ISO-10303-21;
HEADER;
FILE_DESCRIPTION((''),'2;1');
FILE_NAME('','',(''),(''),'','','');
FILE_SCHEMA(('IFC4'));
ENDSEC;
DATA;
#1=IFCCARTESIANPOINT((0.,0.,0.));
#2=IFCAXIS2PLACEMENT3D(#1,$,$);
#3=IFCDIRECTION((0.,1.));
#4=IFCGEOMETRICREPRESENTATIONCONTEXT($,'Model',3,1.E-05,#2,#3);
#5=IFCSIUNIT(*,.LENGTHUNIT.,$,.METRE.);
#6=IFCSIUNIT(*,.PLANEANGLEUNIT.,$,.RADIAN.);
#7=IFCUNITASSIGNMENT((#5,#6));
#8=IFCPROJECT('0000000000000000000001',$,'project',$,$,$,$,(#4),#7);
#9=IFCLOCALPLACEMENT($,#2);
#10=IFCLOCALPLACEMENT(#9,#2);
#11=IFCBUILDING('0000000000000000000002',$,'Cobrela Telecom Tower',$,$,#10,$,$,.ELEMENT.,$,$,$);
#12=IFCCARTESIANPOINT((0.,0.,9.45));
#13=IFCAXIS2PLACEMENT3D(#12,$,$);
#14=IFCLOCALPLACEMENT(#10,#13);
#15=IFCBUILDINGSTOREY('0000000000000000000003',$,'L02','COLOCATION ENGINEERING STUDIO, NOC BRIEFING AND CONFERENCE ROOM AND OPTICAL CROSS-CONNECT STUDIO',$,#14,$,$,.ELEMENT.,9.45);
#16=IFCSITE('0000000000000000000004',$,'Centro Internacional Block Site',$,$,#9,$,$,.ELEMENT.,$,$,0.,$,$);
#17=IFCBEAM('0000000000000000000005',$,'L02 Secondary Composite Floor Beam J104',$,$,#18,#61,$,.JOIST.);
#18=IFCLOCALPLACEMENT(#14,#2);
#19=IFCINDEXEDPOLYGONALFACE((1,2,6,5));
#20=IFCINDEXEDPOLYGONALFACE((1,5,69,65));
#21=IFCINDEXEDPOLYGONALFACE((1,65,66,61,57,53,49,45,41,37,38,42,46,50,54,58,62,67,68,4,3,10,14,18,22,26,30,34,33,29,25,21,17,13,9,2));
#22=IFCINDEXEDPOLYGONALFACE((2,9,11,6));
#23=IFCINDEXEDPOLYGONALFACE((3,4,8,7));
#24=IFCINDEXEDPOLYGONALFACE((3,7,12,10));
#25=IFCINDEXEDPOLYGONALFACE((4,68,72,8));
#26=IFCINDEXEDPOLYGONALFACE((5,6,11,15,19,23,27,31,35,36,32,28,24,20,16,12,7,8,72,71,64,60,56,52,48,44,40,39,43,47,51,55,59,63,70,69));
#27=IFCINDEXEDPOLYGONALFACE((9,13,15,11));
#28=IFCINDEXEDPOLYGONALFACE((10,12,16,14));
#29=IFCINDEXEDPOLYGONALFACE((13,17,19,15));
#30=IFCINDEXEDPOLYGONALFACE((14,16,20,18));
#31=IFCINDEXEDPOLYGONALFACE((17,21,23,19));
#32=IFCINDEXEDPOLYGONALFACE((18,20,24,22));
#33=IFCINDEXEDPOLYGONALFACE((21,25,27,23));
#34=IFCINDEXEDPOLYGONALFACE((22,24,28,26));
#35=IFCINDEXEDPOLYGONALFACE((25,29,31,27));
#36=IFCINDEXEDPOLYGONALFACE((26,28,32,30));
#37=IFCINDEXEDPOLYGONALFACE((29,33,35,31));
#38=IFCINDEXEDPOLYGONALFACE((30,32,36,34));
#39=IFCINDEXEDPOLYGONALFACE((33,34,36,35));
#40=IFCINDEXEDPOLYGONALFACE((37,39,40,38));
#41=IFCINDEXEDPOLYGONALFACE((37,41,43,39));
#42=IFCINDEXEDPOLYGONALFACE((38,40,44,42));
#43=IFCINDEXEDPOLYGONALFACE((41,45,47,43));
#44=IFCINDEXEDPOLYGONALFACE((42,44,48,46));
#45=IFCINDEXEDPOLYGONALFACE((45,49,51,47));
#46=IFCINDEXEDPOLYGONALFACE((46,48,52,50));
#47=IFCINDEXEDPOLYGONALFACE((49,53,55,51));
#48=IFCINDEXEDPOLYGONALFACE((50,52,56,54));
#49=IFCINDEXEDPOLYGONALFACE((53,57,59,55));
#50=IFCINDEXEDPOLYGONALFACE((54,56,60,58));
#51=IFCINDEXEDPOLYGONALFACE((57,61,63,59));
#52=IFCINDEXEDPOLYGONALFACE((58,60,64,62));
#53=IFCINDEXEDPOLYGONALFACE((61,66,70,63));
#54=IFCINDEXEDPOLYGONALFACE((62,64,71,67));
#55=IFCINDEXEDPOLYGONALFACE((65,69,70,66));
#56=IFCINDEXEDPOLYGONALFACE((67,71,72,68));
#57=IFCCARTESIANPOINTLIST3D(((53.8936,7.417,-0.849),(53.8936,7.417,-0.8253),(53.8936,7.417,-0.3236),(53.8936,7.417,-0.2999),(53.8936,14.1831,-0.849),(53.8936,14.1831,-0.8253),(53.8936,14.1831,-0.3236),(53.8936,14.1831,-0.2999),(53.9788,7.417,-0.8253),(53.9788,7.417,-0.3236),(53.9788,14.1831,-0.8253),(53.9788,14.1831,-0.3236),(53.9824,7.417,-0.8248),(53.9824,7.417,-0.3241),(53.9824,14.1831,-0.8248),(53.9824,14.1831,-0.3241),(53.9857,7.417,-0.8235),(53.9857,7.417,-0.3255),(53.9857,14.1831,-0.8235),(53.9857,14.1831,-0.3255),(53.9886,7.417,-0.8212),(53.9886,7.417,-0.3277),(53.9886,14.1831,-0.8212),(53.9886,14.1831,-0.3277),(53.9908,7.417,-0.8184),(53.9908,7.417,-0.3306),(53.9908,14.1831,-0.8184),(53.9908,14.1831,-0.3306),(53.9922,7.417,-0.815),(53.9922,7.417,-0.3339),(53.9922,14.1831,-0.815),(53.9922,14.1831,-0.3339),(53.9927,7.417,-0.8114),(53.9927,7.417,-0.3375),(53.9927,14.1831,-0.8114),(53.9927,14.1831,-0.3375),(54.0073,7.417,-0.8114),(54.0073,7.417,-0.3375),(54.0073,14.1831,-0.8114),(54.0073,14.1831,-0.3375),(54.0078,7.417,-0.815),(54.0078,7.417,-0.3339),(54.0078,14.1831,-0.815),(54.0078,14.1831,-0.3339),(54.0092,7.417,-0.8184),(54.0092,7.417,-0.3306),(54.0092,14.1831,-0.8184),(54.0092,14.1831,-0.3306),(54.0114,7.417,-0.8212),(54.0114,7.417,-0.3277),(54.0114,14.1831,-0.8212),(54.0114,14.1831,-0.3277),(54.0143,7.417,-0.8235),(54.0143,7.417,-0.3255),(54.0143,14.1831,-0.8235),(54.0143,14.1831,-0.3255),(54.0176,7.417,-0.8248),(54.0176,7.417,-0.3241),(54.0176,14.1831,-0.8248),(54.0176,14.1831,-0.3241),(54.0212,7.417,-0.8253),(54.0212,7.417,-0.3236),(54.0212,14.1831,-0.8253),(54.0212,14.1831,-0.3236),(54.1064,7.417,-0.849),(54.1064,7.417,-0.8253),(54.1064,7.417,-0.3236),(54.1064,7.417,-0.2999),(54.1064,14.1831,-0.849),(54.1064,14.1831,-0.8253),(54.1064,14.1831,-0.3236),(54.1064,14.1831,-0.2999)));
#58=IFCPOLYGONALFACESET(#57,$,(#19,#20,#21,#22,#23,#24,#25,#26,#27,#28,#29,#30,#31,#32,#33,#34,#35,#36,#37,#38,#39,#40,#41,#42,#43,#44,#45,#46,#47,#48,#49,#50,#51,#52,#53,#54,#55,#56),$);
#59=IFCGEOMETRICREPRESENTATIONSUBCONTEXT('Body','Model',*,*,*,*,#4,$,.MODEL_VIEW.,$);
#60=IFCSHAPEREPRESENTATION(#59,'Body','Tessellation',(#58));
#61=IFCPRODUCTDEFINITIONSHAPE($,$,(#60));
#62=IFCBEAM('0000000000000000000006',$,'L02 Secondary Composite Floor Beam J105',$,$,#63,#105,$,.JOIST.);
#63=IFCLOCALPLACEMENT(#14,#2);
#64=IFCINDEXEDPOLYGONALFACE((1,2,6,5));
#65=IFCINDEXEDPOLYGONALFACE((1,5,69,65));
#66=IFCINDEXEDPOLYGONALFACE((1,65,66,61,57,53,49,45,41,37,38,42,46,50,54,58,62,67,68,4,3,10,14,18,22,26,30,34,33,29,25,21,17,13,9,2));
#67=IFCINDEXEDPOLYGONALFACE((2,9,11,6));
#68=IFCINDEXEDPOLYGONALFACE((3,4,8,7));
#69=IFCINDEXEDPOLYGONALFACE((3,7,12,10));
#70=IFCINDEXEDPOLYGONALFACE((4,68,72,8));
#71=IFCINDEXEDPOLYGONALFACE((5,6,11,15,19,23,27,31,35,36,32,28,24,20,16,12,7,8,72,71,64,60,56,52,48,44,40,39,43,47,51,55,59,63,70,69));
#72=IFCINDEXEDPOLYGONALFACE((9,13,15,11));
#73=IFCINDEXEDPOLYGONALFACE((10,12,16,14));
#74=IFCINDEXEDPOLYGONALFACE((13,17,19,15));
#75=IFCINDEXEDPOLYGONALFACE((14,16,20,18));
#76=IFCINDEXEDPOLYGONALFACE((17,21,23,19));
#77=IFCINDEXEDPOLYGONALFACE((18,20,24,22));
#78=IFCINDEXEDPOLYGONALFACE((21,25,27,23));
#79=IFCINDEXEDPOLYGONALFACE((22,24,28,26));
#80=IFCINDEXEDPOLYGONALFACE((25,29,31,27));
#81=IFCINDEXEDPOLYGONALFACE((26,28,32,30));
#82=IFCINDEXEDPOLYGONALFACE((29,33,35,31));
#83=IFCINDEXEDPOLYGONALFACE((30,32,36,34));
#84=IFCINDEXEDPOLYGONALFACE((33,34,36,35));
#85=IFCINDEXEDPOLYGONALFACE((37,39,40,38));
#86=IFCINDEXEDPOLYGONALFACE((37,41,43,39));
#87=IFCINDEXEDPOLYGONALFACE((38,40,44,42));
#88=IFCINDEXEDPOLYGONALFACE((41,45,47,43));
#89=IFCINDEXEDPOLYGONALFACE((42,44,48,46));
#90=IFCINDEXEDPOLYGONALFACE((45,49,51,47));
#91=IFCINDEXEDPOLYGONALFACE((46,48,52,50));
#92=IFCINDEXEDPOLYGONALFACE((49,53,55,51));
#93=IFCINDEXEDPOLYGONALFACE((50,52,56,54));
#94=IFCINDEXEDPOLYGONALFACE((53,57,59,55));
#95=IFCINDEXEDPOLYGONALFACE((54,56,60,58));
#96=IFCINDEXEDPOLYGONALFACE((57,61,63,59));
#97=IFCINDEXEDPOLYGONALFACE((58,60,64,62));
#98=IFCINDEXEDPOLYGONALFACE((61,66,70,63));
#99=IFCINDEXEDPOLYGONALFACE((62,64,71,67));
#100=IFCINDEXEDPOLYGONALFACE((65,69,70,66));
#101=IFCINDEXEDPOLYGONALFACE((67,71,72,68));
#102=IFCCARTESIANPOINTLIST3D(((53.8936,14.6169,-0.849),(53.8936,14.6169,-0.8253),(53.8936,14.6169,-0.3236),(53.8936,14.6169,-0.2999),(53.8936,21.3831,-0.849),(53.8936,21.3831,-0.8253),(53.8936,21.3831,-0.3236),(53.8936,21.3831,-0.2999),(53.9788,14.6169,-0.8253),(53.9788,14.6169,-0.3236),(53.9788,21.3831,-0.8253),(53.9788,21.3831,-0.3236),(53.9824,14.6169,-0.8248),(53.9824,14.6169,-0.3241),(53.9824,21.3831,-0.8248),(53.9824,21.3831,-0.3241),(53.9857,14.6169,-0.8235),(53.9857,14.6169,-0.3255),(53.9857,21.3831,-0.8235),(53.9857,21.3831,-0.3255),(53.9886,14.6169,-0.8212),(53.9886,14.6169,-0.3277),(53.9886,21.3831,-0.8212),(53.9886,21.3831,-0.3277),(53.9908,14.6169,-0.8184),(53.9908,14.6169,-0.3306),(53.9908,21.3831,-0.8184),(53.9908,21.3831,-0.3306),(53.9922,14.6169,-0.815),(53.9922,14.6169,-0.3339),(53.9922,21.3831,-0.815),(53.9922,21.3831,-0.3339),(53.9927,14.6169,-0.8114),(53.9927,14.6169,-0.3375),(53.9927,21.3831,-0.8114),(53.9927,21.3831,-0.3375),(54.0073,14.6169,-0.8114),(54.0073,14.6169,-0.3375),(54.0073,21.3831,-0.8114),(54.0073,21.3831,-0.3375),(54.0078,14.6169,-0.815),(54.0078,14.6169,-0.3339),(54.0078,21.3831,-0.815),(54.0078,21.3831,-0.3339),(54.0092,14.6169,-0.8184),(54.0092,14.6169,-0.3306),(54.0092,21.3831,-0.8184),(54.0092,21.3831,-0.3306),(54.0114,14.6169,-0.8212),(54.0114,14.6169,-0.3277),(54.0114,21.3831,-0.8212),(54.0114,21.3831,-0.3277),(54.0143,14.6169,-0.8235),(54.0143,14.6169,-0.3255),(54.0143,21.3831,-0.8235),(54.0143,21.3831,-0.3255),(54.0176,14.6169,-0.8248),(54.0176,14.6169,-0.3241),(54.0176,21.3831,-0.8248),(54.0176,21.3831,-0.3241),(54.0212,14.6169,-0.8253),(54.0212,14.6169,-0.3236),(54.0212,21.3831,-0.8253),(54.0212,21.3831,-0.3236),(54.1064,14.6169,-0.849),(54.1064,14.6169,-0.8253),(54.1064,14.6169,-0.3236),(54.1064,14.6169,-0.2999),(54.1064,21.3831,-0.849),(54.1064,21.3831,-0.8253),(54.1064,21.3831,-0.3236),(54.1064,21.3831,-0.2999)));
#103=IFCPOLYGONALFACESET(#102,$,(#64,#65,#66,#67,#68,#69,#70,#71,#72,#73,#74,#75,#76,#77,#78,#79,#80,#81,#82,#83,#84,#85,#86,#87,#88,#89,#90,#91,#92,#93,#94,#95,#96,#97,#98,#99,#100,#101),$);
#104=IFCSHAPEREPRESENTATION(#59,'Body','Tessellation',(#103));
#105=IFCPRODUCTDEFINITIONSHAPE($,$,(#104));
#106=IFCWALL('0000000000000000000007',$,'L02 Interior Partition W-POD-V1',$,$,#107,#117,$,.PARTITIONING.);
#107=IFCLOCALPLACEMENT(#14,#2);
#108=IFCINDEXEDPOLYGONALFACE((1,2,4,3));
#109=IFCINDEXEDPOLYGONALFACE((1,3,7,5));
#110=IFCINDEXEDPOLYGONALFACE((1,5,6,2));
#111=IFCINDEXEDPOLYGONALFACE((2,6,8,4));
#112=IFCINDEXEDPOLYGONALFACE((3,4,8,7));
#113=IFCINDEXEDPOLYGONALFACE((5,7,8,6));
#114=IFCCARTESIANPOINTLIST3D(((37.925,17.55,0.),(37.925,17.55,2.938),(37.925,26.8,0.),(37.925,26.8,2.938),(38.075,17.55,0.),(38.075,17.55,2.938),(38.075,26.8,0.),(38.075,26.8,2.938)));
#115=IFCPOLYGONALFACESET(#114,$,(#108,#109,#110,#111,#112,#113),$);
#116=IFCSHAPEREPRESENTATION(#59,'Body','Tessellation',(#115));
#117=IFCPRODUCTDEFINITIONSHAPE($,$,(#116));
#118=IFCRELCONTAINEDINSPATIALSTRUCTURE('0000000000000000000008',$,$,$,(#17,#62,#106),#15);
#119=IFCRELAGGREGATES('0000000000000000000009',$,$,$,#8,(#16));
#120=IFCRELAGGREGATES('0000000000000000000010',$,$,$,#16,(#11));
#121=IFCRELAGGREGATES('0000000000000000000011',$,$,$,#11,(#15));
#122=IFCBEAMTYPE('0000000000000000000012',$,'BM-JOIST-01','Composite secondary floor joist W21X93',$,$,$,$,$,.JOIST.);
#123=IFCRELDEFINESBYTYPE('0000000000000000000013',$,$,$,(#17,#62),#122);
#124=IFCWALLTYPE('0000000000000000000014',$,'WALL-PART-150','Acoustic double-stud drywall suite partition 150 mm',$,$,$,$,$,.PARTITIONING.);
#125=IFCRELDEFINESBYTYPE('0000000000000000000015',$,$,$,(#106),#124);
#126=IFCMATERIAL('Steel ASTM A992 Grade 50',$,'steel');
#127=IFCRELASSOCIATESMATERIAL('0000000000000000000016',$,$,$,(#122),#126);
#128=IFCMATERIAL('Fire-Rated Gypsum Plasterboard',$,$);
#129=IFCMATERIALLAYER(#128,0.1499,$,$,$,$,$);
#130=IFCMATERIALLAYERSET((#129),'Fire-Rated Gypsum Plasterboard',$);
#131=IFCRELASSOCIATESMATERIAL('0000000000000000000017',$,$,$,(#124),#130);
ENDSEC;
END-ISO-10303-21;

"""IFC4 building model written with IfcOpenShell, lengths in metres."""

from ifc_helpers import new_model, si_unit, direction, frame, frame_2d, origin, origin_2d, place, context, subcontext, project, spatial, rectangle, i_section, extrude, material, layer, layer_set, material_profile, profile_set, type_object, element, save


model = new_model("IFC4")

# Units and contexts
model_context = context("Model", 3, precision=1e-05, world=origin(), true_north=direction((0.0, 1.0)))
body_context = subcontext(model_context, "Body", "Model", "MODEL_VIEW")
ifc_project = project(units=[si_unit("LENGTHUNIT", "METRE"), si_unit("PLANEANGLEUNIT", "RADIAN")], contexts=[model_context])

# Site, building, storey
site_placement = place(None, origin())
site = spatial("IfcSite", under=ifc_project, at=site_placement, Name="Centro Internacional Block Site", CompositionType="ELEMENT", RefElevation=0.0)
building_placement = place(site_placement, origin())
building = spatial("IfcBuilding", under=site, at=building_placement, Name="Cobrela Telecom Tower", CompositionType="ELEMENT")
storey_placement = place(building_placement, frame((0.0, 0.0, 9.45)))
storey = spatial("IfcBuildingStorey", under=building, at=storey_placement, Name="L02", Description="COLOCATION ENGINEERING STUDIO, NOC BRIEFING AND CONFERENCE ROOM AND OPTICAL CROSS-CONNECT STUDIO", CompositionType="ELEMENT", Elevation=9.45)

# Beams
ifc_material_1 = material(Name="Steel ASTM A992 Grade 50", Category="steel")
ifc_material_profile_1 = material_profile(ifc_material_1, i_section(OverallWidth=0.2129, OverallDepth=0.5491, WebThickness=0.0146, FlangeThickness=0.0237, FilletRadius=0.0139, at=origin_2d()), Name="W21X93")
ifc_profile_set_1 = profile_set([ifc_material_profile_1], Name="Steel ASTM A992 Grade 50")
beam_type_1 = type_object("IfcBeamType", Name="BM-JOIST-01", Description="Composite secondary floor joist W21X93", PredefinedType="JOIST", material=ifc_profile_set_1)
for number, where, z_axis, x_axis, name in (
    (1, (54.0, 7.417, -0.5745), (0.0, 1.0, 0.0), (-1.0, 0.0, 0.0), "L02 Secondary Composite Floor Beam J104"),
    (2, (54.0, 14.6169, -0.5745), (0.0, 1.0, 0.0), (-1.0, 0.0, 0.0), "L02 Secondary Composite Floor Beam J105"),
):
    element("IfcBeam", number, at=place(storey_placement, frame(where, z_axis=z_axis, x_axis=x_axis)), inside=storey, type_object=beam_type_1, Name=name, PredefinedType="JOIST", context=body_context, shape_type="SweptSolid", body=[
        extrude(i_section(OverallWidth=0.2129, OverallDepth=0.5491, WebThickness=0.0146, FlangeThickness=0.0237, FilletRadius=0.0139, at=origin_2d()), origin(), (0.0, 0.0, 1.0), 6.7661),
    ])

# Wall
ifc_material_2 = material(Name="Fire-Rated Gypsum Plasterboard")
ifc_layer = layer(ifc_material_2, 0.1499)
ifc_layer_set = layer_set([ifc_layer], Name="Fire-Rated Gypsum Plasterboard")
wall_type = type_object("IfcWallType", Name="WALL-PART-150", Description="Acoustic double-stud drywall suite partition 150 mm", PredefinedType="PARTITIONING", material=ifc_layer_set)
wall_placement = place(storey_placement, frame((38.0, 17.55, 0.0), z_axis=(0.0, 0.0, 1.0), x_axis=(0.0, 1.0, 0.0)))
element("IfcWall", 3, at=wall_placement, inside=storey, type_object=wall_type, Name="L02 Interior Partition W-POD-V1", PredefinedType="PARTITIONING", context=body_context, shape_type="SweptSolid", body=[
    extrude(rectangle(XDim=9.25, YDim=0.1499, at=frame_2d((4.625, 0.0))), origin(), (0.0, 0.0, 1.0), 2.938),
])

save(model, "model.ifc")
